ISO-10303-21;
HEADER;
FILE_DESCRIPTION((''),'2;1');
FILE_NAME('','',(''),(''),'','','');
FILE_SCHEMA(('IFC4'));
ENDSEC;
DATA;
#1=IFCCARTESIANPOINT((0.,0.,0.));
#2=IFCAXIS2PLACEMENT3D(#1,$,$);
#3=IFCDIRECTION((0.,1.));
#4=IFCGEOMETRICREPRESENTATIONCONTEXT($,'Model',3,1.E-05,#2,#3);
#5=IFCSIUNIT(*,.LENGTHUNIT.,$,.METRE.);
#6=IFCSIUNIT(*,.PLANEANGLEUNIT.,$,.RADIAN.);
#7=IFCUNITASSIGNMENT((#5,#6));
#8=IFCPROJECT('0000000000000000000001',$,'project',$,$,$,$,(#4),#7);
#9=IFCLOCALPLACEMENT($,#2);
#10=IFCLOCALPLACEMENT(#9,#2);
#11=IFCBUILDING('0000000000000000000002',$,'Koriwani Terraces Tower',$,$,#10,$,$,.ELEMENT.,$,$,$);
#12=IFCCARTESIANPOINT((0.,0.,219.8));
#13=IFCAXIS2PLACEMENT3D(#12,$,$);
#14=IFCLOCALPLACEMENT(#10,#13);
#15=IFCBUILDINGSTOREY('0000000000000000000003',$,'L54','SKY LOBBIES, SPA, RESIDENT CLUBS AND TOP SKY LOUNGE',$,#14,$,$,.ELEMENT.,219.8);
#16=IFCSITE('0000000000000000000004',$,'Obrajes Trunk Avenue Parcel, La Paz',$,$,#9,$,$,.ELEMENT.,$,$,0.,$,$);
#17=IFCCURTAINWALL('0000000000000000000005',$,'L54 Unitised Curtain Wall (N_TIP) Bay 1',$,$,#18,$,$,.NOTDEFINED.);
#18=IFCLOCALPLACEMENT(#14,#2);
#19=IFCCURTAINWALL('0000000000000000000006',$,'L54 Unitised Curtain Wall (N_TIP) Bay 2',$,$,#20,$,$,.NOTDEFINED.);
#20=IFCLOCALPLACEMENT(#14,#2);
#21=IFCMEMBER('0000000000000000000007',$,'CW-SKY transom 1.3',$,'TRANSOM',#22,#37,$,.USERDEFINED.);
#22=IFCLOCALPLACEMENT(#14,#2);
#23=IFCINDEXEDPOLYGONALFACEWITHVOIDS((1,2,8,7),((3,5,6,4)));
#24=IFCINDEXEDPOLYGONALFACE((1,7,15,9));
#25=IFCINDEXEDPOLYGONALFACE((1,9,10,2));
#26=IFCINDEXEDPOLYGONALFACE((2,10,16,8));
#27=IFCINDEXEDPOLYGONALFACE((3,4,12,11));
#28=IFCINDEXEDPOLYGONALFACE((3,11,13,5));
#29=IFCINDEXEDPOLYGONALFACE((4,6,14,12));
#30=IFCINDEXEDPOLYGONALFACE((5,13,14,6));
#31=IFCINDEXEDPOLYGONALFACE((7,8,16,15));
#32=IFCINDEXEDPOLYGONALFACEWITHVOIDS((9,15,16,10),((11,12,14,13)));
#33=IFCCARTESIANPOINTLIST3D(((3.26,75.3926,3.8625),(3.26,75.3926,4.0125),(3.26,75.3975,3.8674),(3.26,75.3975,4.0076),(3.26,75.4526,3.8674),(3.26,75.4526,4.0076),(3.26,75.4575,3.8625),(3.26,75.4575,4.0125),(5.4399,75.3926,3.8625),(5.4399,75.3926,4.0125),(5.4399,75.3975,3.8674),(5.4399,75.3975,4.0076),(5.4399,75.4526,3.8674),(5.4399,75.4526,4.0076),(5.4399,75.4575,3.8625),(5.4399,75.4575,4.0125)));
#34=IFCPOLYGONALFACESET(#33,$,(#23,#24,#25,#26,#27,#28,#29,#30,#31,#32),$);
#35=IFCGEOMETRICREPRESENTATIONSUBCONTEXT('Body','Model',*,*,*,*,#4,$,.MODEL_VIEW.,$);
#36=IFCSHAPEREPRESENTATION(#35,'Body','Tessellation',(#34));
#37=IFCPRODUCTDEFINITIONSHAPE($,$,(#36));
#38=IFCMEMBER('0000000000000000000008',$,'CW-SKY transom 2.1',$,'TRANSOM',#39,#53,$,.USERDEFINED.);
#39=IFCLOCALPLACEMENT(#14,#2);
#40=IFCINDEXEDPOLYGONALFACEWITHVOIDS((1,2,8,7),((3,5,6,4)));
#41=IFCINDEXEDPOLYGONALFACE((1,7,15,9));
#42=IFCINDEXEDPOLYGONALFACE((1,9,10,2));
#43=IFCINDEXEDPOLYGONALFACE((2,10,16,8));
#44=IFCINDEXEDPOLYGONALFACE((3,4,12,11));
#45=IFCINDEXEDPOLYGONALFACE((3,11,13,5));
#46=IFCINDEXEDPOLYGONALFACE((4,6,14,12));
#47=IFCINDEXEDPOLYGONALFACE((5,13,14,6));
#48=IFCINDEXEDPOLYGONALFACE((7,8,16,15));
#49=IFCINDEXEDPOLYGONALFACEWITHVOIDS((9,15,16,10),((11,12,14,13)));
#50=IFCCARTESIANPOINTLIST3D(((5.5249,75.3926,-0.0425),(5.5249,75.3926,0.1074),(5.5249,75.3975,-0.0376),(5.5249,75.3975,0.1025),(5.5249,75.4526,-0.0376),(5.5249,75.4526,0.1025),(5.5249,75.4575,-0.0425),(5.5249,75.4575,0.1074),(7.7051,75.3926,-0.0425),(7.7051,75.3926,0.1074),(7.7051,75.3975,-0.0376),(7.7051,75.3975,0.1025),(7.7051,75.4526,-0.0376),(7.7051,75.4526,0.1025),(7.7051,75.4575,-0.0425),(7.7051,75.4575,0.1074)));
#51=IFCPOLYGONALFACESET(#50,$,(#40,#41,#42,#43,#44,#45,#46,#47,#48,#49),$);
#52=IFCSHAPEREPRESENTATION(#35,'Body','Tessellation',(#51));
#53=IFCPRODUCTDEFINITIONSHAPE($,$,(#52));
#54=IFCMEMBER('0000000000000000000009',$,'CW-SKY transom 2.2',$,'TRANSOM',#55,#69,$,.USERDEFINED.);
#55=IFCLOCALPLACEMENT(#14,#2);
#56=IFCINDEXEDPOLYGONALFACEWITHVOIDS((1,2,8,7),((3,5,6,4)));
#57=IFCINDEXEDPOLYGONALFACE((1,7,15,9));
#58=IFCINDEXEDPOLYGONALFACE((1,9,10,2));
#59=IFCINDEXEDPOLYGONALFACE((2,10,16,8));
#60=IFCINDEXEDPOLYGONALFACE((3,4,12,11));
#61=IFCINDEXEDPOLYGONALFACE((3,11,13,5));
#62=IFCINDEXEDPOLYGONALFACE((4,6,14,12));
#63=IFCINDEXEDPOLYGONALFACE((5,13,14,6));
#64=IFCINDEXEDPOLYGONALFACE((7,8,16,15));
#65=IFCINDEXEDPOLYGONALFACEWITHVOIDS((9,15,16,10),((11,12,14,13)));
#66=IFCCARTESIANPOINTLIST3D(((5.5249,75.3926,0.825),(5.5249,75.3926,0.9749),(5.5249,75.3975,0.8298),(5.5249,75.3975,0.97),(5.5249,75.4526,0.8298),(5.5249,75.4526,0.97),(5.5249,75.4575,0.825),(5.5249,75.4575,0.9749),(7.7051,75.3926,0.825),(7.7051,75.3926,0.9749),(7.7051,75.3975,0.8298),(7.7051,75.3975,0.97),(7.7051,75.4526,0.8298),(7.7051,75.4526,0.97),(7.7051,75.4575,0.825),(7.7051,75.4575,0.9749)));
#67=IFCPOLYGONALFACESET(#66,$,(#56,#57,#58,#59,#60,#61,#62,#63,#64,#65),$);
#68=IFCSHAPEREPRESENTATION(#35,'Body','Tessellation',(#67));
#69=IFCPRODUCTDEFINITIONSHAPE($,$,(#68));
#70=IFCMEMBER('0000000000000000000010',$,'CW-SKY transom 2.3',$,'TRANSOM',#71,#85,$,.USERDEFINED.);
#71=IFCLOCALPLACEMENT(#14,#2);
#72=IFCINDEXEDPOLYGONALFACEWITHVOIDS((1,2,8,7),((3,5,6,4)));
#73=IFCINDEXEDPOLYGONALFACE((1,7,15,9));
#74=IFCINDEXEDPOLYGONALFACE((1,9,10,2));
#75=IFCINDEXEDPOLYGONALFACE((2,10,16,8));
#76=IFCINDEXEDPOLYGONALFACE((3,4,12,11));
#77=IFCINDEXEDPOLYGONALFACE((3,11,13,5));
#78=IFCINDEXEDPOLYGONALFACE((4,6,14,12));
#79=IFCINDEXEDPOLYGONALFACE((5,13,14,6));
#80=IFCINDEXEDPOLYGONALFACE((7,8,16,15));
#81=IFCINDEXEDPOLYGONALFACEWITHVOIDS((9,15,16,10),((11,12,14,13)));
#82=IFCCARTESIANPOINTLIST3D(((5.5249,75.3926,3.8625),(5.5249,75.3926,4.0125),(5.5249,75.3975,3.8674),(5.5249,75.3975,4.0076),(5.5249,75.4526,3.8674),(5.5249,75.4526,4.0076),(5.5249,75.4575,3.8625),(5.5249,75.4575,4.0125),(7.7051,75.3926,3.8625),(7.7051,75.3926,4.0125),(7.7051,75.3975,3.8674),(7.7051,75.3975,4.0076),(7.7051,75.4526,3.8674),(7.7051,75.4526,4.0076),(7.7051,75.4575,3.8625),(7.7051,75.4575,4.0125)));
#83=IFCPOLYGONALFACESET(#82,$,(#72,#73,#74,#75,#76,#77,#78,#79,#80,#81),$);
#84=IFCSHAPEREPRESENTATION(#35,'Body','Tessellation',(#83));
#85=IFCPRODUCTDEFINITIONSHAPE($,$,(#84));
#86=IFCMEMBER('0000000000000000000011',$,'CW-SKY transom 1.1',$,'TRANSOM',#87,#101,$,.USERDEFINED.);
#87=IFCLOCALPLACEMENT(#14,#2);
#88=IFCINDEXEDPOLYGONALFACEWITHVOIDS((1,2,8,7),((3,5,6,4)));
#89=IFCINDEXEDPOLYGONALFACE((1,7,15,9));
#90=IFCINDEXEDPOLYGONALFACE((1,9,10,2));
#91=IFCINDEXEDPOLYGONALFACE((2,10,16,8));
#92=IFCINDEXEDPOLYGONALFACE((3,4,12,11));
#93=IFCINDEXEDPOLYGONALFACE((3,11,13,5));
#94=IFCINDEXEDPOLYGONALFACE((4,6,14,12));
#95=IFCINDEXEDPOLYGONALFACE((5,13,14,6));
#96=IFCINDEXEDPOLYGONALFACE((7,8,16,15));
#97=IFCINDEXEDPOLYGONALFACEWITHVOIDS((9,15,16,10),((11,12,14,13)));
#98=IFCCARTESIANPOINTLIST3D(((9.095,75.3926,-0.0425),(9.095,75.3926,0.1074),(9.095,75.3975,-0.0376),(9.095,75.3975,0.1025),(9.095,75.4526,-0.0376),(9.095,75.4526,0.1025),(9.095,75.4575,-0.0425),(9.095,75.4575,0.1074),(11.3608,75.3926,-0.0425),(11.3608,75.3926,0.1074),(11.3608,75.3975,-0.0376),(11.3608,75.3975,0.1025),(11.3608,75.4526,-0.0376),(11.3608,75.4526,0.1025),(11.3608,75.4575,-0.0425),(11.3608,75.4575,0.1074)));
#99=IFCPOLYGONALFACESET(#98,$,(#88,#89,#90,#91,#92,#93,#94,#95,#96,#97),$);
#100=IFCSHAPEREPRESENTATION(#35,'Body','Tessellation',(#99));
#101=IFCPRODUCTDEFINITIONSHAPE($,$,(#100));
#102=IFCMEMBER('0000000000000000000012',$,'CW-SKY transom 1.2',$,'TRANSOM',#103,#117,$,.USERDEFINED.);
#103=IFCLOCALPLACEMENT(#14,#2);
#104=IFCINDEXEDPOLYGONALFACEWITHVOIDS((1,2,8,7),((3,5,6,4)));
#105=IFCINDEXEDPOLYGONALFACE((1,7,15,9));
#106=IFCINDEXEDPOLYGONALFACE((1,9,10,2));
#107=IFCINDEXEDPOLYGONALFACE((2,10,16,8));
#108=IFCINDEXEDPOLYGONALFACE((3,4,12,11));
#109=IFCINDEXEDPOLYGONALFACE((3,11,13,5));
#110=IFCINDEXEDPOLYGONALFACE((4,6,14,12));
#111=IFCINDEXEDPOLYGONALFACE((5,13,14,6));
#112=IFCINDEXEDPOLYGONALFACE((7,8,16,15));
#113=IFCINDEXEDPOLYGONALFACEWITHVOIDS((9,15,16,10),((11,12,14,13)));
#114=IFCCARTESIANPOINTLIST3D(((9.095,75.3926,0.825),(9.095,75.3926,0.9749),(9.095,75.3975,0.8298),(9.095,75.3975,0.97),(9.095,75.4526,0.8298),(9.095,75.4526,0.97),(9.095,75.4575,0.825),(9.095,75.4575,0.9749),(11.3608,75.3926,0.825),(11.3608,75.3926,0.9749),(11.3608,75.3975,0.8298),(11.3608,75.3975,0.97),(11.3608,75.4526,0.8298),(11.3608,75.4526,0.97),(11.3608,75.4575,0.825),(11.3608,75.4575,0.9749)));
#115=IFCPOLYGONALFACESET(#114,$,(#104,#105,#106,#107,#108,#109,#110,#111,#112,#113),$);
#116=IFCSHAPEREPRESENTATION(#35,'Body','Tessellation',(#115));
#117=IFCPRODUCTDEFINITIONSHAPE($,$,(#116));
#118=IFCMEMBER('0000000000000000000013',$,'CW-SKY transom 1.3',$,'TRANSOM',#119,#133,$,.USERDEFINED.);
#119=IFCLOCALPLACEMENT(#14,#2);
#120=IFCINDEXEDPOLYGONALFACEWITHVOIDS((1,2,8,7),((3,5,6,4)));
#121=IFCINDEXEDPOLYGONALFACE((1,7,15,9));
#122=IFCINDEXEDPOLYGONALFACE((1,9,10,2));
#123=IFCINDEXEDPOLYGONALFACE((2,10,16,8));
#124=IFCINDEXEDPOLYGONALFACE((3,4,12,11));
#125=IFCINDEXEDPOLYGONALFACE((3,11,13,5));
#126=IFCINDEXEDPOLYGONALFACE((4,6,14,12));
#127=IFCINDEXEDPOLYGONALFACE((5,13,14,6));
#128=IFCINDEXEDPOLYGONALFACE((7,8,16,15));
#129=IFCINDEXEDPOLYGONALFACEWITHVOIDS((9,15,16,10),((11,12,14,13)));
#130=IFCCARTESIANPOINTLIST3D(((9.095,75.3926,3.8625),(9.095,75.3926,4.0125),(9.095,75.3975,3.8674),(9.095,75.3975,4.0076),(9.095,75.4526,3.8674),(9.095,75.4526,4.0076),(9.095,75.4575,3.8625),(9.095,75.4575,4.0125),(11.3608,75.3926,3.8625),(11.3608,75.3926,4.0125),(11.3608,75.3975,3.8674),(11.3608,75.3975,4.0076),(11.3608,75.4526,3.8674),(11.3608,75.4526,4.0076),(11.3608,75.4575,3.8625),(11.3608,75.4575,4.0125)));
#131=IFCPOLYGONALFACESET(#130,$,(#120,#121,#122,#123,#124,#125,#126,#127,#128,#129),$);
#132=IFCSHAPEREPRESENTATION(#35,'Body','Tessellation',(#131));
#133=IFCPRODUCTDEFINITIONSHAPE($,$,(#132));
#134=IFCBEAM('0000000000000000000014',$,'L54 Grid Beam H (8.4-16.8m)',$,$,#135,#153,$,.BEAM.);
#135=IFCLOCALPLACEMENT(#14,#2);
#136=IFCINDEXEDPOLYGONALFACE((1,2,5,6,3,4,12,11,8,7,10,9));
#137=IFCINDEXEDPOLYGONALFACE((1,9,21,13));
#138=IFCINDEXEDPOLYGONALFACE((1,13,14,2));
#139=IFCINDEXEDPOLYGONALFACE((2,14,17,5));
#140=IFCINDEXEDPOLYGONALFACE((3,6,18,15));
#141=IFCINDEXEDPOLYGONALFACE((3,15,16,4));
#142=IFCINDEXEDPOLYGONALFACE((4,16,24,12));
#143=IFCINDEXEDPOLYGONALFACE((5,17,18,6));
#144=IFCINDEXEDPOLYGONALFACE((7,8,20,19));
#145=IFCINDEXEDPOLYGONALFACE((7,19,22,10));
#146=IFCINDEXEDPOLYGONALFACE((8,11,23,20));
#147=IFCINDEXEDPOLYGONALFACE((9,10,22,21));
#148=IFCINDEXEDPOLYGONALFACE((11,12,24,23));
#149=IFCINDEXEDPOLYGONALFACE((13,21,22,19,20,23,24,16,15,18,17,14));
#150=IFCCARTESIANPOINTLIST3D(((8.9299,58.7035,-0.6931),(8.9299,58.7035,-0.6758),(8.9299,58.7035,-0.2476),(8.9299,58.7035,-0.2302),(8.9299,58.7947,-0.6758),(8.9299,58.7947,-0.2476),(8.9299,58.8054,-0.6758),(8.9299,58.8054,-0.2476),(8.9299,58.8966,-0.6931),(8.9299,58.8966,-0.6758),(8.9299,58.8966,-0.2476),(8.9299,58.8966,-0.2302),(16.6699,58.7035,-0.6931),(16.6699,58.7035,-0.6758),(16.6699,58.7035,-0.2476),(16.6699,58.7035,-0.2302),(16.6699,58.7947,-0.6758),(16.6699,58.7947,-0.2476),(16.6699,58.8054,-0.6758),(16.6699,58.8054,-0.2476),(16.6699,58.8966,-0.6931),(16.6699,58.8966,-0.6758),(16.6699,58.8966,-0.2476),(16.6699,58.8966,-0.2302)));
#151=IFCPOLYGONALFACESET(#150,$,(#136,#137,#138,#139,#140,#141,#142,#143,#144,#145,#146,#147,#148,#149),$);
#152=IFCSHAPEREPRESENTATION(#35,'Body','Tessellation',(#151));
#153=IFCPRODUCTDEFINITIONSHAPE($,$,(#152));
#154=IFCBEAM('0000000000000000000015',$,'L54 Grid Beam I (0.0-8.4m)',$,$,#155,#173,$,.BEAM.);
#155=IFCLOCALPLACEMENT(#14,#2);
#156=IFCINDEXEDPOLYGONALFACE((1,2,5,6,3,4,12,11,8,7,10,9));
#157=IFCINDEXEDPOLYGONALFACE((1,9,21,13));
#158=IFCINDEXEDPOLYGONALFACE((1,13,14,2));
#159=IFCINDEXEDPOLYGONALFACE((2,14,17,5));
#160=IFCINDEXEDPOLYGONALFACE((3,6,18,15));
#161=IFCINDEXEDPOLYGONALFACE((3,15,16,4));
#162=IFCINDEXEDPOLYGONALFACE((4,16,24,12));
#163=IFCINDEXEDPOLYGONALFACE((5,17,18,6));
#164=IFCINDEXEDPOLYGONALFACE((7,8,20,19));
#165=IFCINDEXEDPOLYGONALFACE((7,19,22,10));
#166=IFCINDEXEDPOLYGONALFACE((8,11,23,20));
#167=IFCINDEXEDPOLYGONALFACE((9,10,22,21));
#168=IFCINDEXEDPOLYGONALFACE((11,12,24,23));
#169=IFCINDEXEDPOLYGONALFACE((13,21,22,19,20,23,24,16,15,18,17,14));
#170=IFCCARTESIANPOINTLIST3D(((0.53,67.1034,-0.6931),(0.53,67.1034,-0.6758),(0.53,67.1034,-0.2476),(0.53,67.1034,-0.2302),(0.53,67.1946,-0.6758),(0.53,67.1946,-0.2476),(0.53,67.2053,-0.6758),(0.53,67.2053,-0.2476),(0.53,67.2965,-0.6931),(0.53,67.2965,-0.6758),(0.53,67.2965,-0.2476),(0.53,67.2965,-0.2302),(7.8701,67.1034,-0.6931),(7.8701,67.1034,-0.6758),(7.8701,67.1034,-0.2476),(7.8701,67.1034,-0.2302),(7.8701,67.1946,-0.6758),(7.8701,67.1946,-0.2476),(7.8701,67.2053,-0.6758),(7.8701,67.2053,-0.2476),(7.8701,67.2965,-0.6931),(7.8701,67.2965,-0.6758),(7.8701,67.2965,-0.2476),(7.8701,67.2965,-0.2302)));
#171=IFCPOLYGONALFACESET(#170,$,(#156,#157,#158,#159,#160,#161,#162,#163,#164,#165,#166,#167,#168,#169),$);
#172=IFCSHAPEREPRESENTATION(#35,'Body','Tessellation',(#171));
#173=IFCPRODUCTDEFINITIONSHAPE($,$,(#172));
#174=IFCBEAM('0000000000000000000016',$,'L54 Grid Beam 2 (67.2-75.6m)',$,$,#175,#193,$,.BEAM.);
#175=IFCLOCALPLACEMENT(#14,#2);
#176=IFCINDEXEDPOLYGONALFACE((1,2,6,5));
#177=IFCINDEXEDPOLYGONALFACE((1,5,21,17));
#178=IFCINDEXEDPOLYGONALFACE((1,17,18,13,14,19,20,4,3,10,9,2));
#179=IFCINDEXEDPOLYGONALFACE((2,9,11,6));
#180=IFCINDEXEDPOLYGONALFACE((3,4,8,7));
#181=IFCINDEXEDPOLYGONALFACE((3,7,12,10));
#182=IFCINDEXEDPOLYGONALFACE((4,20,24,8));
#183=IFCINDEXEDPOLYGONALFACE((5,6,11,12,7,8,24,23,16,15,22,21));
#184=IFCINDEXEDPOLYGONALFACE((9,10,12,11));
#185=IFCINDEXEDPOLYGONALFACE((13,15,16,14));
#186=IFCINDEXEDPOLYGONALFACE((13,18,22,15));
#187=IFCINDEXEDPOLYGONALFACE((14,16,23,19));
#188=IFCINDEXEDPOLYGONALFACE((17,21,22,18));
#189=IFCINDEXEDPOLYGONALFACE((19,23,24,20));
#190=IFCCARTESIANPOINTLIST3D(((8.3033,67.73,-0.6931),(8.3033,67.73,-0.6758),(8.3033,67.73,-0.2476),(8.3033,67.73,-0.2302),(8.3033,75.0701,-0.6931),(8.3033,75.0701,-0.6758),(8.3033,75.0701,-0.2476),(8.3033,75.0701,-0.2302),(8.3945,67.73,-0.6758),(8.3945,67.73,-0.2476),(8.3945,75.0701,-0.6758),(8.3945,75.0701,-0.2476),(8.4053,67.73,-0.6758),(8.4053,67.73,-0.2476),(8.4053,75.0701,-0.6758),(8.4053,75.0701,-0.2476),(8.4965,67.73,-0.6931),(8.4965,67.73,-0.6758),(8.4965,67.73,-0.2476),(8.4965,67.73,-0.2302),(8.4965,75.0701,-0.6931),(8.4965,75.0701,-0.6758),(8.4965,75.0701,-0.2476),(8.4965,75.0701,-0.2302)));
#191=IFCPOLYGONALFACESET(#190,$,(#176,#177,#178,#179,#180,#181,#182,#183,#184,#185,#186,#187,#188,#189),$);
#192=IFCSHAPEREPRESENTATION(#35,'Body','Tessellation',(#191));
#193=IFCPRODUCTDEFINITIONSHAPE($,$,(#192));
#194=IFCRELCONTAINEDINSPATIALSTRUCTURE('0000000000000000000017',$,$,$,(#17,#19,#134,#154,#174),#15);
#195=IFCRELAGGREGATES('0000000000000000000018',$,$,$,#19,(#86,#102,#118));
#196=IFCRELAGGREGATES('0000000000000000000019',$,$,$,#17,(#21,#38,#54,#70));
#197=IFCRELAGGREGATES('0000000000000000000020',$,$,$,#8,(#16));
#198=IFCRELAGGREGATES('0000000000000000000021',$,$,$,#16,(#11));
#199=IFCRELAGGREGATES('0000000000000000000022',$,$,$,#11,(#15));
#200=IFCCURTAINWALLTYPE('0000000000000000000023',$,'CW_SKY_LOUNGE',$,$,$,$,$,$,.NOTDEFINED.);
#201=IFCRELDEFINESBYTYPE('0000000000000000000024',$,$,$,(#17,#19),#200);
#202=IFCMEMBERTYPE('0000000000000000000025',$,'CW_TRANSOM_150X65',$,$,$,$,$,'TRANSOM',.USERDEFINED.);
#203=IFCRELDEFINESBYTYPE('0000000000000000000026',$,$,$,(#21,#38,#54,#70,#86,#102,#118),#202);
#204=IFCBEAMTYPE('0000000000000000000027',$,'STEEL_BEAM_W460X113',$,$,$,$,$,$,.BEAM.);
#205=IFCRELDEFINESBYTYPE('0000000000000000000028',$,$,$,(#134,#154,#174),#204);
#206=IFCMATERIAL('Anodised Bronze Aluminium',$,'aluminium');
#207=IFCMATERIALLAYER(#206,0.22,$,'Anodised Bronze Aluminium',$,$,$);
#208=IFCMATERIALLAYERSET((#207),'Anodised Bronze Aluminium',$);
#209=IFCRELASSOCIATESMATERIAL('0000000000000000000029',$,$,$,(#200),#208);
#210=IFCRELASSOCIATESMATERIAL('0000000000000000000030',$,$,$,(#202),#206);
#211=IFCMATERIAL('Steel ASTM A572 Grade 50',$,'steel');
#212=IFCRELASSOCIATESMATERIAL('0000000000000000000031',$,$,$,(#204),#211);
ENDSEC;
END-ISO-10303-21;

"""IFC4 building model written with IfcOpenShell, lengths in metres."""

from ifc_helpers import new_model, si_unit, direction, frame, origin, origin_2d, place, context, subcontext, project, spatial, hollow_rectangle, i_section, extrude, material, layer, layer_set, material_profile, profile_set, type_object, element, aggregate, save


model = new_model("IFC4")

# Units and contexts
model_context = context("Model", 3, precision=1e-05, world=origin(), true_north=direction((0.0, 1.0)))
body_context = subcontext(model_context, "Body", "Model", "MODEL_VIEW")
ifc_project = project(units=[si_unit("LENGTHUNIT", "METRE"), si_unit("PLANEANGLEUNIT", "RADIAN")], contexts=[model_context])

# Site, building, storey
site_placement = place(None, origin())
site = spatial("IfcSite", under=ifc_project, at=site_placement, Name="Obrajes Trunk Avenue Parcel, La Paz", CompositionType="ELEMENT", RefElevation=0.0)
building_placement = place(site_placement, origin())
building = spatial("IfcBuilding", under=site, at=building_placement, Name="Koriwani Terraces Tower", CompositionType="ELEMENT")
storey_placement = place(building_placement, frame((0.0, 0.0, 219.8)))
storey = spatial("IfcBuildingStorey", under=building, at=storey_placement, Name="L54", Description="SKY LOBBIES, SPA, RESIDENT CLUBS AND TOP SKY LOUNGE", CompositionType="ELEMENT", Elevation=219.8)

# Curtain wall
ifc_material_1 = material(Name="Anodised Bronze Aluminium", Category="aluminium")
ifc_layer_1 = layer(ifc_material_1, 0.22, Name="Anodised Bronze Aluminium")
ifc_layer_set_1 = layer_set([ifc_layer_1], Name="Anodised Bronze Aluminium")
curtain_wall_type = type_object("IfcCurtainWallType", Name="CW_SKY_LOUNGE", PredefinedType="NOTDEFINED", material=ifc_layer_set_1)
curtain_wall_1_placement = place(storey_placement, origin())
curtain_wall_1 = element("IfcCurtainWall", 1, at=curtain_wall_1_placement, inside=storey, type_object=curtain_wall_type, Name="L54 Unitised Curtain Wall (N_TIP) Bay 1", PredefinedType="NOTDEFINED")

# Curtain wall
curtain_wall_2_placement = place(storey_placement, origin())
curtain_wall_2 = element("IfcCurtainWall", 2, at=curtain_wall_2_placement, inside=storey, type_object=curtain_wall_type, Name="L54 Unitised Curtain Wall (N_TIP) Bay 2", PredefinedType="NOTDEFINED")

# Members
ifc_material_profile_1 = material_profile(ifc_material_1, hollow_rectangle(XDim=0.0649, YDim=0.1499, WallThickness=0.0049, at=origin_2d()), Name="Anodised Bronze Aluminium", Category="LoadBearing")
ifc_profile_set_1 = profile_set([ifc_material_profile_1], Name="Anodised Bronze Aluminium")
member_type_1 = type_object("IfcMemberType", Name="CW_TRANSOM_150X65", ElementType="TRANSOM", PredefinedType="USERDEFINED", material=ifc_profile_set_1)
member_1_placement = place(storey_placement, frame((3.26, 75.425, 3.9375), z_axis=(1.0, 0.0, 0.0), x_axis=(0.0, 1.0, 0.0)))
member_1 = element("IfcMember", 3, at=member_1_placement, type_object=member_type_1, Name="CW-SKY transom 1.3", ObjectType="TRANSOM", PredefinedType="USERDEFINED", context=body_context, shape_type="SweptSolid", body=[
    extrude(hollow_rectangle(XDim=0.0649, YDim=0.1499, WallThickness=0.0049, at=origin_2d()), origin(), (0.0, 0.0, 1.0), 2.1799),
])
member_2_placement = place(storey_placement, frame((5.5249, 75.425, 0.0325), z_axis=(1.0, 0.0, 0.0), x_axis=(0.0, 1.0, 0.0)))
member_2 = element("IfcMember", 4, at=member_2_placement, type_object=member_type_1, Name="CW-SKY transom 2.1", ObjectType="TRANSOM", PredefinedType="USERDEFINED", context=body_context, shape_type="SweptSolid", body=[
    extrude(hollow_rectangle(XDim=0.0649, YDim=0.1499, WallThickness=0.0049, at=origin_2d()), origin(), (0.0, 0.0, 1.0), 2.1802),
])
member_3_placement = place(storey_placement, frame((5.5249, 75.425, 0.8999), z_axis=(1.0, 0.0, 0.0), x_axis=(0.0, 1.0, 0.0)))
member_3 = element("IfcMember", 5, at=member_3_placement, type_object=member_type_1, Name="CW-SKY transom 2.2", ObjectType="TRANSOM", PredefinedType="USERDEFINED", context=body_context, shape_type="SweptSolid", body=[
    extrude(hollow_rectangle(XDim=0.0649, YDim=0.1499, WallThickness=0.0049, at=origin_2d()), origin(), (0.0, 0.0, 1.0), 2.1802),
])
member_4_placement = place(storey_placement, frame((5.5249, 75.425, 3.9375), z_axis=(1.0, 0.0, 0.0), x_axis=(0.0, 1.0, 0.0)))
member_4 = element("IfcMember", 6, at=member_4_placement, type_object=member_type_1, Name="CW-SKY transom 2.3", ObjectType="TRANSOM", PredefinedType="USERDEFINED", context=body_context, shape_type="SweptSolid", body=[
    extrude(hollow_rectangle(XDim=0.0649, YDim=0.1499, WallThickness=0.0049, at=origin_2d()), origin(), (0.0, 0.0, 1.0), 2.1802),
])
member_5_placement = place(storey_placement, frame((9.095, 75.425, 0.0325), z_axis=(1.0, 0.0, 0.0), x_axis=(0.0, 1.0, 0.0)))
member_5 = element("IfcMember", 7, at=member_5_placement, type_object=member_type_1, Name="CW-SKY transom 1.1", ObjectType="TRANSOM", PredefinedType="USERDEFINED", context=body_context, shape_type="SweptSolid", body=[
    extrude(hollow_rectangle(XDim=0.0649, YDim=0.1499, WallThickness=0.0049, at=origin_2d()), origin(), (0.0, 0.0, 1.0), 2.2659),
])
member_6_placement = place(storey_placement, frame((9.095, 75.425, 0.8999), z_axis=(1.0, 0.0, 0.0), x_axis=(0.0, 1.0, 0.0)))
member_6 = element("IfcMember", 8, at=member_6_placement, type_object=member_type_1, Name="CW-SKY transom 1.2", ObjectType="TRANSOM", PredefinedType="USERDEFINED", context=body_context, shape_type="SweptSolid", body=[
    extrude(hollow_rectangle(XDim=0.0649, YDim=0.1499, WallThickness=0.0049, at=origin_2d()), origin(), (0.0, 0.0, 1.0), 2.2659),
])
member_7_placement = place(storey_placement, frame((9.095, 75.425, 3.9375), z_axis=(1.0, 0.0, 0.0), x_axis=(0.0, 1.0, 0.0)))
member_7 = element("IfcMember", 9, at=member_7_placement, type_object=member_type_1, Name="CW-SKY transom 1.3", ObjectType="TRANSOM", PredefinedType="USERDEFINED", context=body_context, shape_type="SweptSolid", body=[
    extrude(hollow_rectangle(XDim=0.0649, YDim=0.1499, WallThickness=0.0049, at=origin_2d()), origin(), (0.0, 0.0, 1.0), 2.2659),
])
aggregate(curtain_wall_2, [member_5, member_6, member_7])

# Beams
ifc_material_2 = material(Name="Steel ASTM A572 Grade 50", Category="steel")
ifc_material_profile_2 = material_profile(ifc_material_2, i_section(OverallWidth=0.1931, OverallDepth=0.4629, WebThickness=0.0107, FlangeThickness=0.0173, at=origin_2d()), Name="Steel ASTM A572 Grade 50", Category="LoadBearing")
ifc_profile_set_2 = profile_set([ifc_material_profile_2], Name="Steel ASTM A572 Grade 50")
beam_type_1 = type_object("IfcBeamType", Name="STEEL_BEAM_W460X113", PredefinedType="BEAM", material=ifc_profile_set_2)
beam_1_placement = place(storey_placement, frame((8.9299, 58.8, -0.4617), z_axis=(1.0, 0.0, 0.0), x_axis=(0.0, 1.0, 0.0)))
element("IfcBeam", 10, at=beam_1_placement, inside=storey, type_object=beam_type_1, Name="L54 Grid Beam H (8.4-16.8m)", PredefinedType="BEAM", context=body_context, shape_type="SweptSolid", body=[
    extrude(i_section(OverallWidth=0.1931, OverallDepth=0.4629, WebThickness=0.0107, FlangeThickness=0.0173, at=origin_2d()), origin(), (0.0, 0.0, 1.0), 7.74),
])
for number, where, z_axis, x_axis, name in (
    (11, (0.53, 67.2, -0.4617), (1.0, 0.0, 0.0), (0.0, 1.0, 0.0), "L54 Grid Beam I (0.0-8.4m)"),
    (12, (8.3999, 67.73, -0.4617), (0.0, 1.0, 0.0), (-1.0, 0.0, 0.0), "L54 Grid Beam 2 (67.2-75.6m)"),
):
    element("IfcBeam", number, at=place(storey_placement, frame(where, z_axis=z_axis, x_axis=x_axis)), inside=storey, type_object=beam_type_1, Name=name, PredefinedType="BEAM", context=body_context, shape_type="SweptSolid", body=[
        extrude(i_section(OverallWidth=0.1931, OverallDepth=0.4629, WebThickness=0.0107, FlangeThickness=0.0173, at=origin_2d()), origin(), (0.0, 0.0, 1.0), 7.3401),
    ])

aggregate(curtain_wall_1, [member_1, member_2, member_3, member_4])

save(model, "model.ifc")
